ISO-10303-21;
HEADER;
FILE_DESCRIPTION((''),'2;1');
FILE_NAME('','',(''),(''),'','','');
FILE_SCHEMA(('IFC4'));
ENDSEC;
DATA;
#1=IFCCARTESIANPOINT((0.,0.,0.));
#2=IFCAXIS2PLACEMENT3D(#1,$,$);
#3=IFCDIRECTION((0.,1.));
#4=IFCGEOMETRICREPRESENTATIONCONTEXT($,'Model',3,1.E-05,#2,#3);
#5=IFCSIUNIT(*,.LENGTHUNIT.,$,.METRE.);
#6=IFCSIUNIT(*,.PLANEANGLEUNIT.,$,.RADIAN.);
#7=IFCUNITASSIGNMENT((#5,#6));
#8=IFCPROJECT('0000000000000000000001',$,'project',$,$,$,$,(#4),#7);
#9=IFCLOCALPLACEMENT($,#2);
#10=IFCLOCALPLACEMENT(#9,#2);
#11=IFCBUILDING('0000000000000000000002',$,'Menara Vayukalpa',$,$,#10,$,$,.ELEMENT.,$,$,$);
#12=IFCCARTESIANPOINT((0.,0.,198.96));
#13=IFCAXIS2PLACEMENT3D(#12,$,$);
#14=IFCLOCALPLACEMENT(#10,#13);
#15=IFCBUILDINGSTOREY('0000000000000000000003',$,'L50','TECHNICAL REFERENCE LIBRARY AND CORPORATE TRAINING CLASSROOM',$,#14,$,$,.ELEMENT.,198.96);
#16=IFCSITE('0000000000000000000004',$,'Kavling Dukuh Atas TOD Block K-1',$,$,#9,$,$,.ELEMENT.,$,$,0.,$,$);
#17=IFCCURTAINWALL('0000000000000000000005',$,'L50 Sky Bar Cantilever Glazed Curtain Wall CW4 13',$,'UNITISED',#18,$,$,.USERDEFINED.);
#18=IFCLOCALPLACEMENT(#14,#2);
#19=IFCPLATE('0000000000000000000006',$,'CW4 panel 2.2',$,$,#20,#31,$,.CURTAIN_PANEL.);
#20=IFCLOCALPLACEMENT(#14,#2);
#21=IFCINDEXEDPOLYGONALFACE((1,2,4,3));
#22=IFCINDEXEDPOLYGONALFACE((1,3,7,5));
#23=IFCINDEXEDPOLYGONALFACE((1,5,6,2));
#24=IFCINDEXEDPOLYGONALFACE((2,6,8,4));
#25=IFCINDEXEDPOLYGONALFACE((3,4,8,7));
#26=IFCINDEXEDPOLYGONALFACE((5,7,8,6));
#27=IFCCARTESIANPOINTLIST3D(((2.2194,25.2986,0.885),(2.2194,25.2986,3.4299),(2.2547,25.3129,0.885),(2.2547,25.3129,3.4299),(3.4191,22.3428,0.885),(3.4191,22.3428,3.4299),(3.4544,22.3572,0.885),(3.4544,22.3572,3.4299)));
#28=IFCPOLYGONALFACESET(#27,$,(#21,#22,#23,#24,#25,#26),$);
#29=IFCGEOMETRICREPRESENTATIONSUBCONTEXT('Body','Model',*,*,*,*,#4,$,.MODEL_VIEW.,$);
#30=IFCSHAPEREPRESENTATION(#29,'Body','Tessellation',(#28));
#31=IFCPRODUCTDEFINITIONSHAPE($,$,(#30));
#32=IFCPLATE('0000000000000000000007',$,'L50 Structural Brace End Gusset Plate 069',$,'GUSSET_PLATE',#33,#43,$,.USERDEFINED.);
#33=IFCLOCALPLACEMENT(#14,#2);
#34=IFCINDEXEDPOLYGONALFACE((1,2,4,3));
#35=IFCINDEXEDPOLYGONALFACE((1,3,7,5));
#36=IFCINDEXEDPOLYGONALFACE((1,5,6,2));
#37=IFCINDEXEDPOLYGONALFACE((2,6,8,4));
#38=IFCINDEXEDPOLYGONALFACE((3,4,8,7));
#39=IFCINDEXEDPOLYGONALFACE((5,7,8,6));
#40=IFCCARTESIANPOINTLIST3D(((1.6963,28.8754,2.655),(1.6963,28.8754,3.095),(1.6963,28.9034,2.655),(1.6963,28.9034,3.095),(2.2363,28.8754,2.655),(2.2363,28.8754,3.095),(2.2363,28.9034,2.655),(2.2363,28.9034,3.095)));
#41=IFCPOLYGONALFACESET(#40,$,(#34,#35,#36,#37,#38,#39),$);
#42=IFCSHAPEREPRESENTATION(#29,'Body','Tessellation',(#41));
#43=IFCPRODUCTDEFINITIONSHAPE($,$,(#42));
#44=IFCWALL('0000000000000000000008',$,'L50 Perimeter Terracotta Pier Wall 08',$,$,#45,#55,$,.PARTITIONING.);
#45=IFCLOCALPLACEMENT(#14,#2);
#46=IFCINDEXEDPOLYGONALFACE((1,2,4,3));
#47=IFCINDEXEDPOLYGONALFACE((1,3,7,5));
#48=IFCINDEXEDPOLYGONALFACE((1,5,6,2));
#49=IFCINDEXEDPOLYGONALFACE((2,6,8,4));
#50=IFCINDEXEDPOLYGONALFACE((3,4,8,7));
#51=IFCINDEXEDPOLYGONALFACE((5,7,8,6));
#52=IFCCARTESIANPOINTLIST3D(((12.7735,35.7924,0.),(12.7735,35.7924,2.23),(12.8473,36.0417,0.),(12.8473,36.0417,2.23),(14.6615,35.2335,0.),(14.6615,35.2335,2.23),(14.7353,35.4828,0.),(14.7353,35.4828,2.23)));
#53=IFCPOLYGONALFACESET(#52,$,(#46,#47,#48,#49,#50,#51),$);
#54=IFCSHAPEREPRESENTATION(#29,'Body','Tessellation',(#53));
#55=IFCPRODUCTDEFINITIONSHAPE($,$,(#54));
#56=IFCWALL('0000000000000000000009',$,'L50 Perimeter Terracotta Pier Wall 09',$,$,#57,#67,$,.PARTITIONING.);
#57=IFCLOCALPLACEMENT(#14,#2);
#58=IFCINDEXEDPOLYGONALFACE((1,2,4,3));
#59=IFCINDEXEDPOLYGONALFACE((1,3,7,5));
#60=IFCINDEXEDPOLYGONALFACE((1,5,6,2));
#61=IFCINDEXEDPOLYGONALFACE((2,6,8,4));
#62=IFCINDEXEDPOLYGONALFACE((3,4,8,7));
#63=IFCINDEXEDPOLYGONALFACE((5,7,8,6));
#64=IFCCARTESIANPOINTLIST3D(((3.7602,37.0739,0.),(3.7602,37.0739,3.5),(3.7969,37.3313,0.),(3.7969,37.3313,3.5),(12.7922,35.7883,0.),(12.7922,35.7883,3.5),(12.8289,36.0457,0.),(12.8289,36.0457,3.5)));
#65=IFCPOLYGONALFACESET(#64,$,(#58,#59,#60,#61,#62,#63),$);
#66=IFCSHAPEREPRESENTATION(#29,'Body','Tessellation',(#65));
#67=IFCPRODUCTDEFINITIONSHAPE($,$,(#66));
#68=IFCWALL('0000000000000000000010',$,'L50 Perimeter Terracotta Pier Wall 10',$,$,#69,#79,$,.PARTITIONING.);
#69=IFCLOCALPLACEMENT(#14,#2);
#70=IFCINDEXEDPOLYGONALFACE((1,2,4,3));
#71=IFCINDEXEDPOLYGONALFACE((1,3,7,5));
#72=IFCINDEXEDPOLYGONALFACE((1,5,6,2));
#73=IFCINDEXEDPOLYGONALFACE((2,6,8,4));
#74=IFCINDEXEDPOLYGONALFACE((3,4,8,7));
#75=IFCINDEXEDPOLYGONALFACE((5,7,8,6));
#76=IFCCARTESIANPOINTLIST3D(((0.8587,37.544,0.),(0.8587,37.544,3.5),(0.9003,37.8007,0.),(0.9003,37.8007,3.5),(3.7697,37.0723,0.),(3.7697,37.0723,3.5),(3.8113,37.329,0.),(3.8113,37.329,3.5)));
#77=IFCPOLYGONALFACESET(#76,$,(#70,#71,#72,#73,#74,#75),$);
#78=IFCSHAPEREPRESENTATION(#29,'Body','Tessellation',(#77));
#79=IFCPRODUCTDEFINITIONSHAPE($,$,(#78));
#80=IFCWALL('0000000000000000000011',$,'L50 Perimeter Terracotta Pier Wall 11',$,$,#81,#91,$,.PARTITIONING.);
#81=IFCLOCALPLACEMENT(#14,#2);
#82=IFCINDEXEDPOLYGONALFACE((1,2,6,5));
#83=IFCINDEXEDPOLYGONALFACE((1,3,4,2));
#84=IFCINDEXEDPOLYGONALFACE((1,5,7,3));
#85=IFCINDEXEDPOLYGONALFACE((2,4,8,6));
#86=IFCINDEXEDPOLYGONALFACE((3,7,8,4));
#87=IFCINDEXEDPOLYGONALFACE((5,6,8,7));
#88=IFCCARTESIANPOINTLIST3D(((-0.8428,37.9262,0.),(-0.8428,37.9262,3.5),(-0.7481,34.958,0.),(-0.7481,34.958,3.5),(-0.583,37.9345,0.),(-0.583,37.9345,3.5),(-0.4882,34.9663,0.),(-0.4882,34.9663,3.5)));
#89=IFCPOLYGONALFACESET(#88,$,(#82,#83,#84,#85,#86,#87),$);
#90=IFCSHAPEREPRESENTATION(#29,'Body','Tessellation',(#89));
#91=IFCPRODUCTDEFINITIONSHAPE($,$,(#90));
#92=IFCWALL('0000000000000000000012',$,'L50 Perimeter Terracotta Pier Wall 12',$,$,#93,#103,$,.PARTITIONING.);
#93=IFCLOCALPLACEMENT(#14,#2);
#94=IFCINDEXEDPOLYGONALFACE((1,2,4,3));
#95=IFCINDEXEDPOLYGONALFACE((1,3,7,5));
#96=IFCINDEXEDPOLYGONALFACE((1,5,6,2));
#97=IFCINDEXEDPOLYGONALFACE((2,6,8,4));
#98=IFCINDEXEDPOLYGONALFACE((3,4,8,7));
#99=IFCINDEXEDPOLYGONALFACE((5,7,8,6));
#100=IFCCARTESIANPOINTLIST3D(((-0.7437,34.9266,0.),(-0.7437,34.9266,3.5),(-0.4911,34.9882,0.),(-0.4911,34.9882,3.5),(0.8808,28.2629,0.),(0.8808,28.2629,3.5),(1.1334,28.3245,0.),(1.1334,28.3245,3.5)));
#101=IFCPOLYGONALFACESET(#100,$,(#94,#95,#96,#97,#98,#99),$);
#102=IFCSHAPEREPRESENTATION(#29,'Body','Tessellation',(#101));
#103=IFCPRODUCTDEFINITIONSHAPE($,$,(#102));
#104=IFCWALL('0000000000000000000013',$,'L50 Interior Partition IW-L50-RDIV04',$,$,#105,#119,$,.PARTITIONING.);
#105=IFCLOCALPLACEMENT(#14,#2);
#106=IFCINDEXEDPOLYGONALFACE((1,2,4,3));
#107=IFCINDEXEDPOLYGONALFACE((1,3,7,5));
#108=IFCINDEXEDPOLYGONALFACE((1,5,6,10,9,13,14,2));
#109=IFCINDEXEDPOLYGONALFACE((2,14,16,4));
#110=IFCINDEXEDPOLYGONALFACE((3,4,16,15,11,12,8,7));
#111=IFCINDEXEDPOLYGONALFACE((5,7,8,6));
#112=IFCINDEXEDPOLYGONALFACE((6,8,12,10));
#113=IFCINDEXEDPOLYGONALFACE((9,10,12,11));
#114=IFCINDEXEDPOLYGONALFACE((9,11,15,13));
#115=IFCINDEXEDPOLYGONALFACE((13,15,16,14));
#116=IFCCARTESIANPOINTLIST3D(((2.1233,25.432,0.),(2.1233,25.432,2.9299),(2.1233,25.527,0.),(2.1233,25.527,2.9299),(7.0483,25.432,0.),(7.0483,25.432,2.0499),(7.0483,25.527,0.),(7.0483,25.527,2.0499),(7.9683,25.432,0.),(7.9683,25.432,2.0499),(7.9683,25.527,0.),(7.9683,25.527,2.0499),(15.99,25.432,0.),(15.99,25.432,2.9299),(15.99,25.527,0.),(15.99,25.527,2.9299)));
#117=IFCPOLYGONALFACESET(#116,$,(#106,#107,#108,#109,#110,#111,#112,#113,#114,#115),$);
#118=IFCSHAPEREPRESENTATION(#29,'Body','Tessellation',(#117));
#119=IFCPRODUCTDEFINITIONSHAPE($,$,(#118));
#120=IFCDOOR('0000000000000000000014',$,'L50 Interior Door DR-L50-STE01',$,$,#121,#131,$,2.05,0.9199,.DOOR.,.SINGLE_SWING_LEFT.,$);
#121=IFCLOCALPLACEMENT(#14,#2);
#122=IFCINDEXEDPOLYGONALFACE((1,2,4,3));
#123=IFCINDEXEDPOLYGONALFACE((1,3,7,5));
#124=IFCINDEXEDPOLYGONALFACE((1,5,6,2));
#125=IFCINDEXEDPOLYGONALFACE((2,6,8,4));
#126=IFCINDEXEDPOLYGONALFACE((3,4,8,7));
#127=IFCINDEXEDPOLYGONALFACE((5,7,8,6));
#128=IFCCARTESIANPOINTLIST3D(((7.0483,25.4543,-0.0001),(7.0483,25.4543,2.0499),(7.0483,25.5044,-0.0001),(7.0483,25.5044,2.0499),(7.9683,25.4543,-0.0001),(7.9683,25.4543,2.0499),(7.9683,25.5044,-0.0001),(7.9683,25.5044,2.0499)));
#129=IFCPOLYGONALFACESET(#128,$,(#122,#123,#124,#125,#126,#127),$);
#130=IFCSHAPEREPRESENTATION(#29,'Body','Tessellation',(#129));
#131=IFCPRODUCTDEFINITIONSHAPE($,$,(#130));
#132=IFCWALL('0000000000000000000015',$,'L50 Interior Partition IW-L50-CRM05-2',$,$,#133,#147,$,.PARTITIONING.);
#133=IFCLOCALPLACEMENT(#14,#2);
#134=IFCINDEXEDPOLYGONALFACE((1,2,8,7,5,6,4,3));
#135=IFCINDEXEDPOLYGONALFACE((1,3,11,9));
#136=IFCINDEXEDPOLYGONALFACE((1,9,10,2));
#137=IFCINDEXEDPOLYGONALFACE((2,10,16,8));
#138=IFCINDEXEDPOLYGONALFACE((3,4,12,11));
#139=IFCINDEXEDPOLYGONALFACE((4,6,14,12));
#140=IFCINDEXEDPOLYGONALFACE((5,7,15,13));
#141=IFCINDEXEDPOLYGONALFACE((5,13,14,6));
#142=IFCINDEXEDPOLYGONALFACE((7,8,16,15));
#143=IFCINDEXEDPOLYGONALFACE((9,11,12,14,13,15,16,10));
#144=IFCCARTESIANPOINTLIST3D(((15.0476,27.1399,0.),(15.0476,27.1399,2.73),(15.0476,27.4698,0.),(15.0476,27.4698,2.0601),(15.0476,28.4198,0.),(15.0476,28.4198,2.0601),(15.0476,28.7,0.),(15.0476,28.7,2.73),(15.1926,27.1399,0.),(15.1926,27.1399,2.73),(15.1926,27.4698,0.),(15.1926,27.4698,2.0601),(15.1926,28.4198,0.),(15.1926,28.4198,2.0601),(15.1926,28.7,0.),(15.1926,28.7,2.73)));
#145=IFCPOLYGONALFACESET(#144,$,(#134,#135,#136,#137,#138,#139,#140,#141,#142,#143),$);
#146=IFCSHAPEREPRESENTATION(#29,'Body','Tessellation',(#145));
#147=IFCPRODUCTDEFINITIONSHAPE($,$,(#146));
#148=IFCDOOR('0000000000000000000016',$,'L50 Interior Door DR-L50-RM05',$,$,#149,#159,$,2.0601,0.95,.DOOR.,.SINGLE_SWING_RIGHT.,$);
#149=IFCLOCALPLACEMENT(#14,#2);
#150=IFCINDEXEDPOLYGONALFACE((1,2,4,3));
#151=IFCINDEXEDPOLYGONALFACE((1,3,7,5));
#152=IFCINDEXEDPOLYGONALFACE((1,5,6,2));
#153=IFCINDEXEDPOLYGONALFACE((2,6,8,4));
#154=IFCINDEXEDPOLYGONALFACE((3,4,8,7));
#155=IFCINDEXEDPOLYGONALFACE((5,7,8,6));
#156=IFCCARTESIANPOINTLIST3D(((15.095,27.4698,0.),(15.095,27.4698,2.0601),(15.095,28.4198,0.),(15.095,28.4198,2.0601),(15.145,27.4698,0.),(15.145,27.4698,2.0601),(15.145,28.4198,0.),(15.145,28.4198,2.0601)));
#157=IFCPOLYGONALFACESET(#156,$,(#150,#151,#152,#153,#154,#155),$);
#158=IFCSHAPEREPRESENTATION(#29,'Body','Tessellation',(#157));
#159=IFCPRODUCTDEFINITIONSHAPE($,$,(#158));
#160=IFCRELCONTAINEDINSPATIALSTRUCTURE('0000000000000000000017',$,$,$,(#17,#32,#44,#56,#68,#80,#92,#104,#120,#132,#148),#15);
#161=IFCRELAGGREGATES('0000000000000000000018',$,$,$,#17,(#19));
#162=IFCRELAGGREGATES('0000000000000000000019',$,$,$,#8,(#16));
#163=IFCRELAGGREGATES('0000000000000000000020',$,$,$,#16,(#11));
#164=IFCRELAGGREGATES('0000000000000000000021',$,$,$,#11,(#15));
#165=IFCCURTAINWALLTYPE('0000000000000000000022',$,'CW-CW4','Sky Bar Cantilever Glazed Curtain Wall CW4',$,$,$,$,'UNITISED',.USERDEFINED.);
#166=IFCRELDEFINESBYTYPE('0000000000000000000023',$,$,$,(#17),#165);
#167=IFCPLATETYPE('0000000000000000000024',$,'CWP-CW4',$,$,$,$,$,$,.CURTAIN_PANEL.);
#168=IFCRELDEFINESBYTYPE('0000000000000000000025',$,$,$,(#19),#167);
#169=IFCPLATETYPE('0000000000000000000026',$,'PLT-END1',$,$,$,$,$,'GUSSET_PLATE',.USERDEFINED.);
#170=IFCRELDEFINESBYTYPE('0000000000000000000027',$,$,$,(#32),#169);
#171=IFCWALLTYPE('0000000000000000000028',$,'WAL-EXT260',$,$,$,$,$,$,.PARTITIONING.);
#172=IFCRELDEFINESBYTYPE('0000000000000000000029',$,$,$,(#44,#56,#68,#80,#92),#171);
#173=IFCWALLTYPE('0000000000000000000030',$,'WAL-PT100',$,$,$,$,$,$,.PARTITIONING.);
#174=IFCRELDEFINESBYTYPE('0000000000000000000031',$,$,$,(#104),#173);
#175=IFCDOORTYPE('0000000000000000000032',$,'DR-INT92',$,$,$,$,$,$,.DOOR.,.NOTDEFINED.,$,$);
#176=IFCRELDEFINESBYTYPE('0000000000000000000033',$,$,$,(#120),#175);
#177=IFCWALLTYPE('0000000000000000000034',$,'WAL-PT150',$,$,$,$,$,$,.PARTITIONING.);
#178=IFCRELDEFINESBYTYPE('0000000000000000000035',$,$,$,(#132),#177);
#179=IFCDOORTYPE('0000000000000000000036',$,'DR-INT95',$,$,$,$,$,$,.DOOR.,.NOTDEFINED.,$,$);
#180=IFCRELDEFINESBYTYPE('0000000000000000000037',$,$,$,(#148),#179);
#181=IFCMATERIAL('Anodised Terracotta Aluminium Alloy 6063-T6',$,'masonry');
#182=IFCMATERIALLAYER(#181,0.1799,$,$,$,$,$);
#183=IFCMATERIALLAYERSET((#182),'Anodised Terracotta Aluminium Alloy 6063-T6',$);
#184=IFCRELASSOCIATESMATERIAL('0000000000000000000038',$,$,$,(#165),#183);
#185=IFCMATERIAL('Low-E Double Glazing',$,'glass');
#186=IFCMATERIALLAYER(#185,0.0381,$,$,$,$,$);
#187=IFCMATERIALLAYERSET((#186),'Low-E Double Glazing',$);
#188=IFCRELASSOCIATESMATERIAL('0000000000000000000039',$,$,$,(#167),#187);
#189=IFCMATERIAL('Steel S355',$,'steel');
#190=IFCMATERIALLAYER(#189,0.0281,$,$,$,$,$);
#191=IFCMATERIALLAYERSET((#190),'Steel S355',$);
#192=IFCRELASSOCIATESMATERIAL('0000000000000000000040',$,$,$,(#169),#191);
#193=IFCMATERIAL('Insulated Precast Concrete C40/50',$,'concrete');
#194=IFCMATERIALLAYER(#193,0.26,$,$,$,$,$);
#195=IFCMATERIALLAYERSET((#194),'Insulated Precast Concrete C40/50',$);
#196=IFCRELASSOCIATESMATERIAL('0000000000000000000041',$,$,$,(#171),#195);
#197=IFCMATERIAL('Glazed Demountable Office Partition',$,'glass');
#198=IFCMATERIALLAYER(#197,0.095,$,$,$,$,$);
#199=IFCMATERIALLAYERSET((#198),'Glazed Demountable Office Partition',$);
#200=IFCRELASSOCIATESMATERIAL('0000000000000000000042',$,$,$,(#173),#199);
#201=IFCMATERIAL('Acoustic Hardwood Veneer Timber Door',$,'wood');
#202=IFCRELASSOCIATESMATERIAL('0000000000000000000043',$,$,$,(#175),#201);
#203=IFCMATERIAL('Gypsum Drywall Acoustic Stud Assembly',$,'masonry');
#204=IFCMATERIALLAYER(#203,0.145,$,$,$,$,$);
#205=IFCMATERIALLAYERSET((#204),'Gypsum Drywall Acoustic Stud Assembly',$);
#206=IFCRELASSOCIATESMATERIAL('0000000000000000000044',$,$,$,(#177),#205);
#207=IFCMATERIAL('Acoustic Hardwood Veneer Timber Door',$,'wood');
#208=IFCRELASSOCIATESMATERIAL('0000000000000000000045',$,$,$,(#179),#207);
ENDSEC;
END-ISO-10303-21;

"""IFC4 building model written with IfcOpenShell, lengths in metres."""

from ifc_helpers import new_model, si_unit, direction, frame, frame_2d, origin, origin_2d, place, context, subcontext, project, spatial, rectangle, extrude, material, layer, layer_set, type_object, element, fill, aggregate, save


model = new_model("IFC4")

# Units and contexts
model_context = context("Model", 3, precision=1e-05, world=origin(), true_north=direction((0.0, 1.0)))
body_context = subcontext(model_context, "Body", "Model", "MODEL_VIEW")
ifc_project = project(units=[si_unit("LENGTHUNIT", "METRE"), si_unit("PLANEANGLEUNIT", "RADIAN")], contexts=[model_context])

# Site, building, storey
site_placement = place(None, origin())
site = spatial("IfcSite", under=ifc_project, at=site_placement, Name="Kavling Dukuh Atas TOD Block K-1", CompositionType="ELEMENT", RefElevation=0.0)
building_placement = place(site_placement, origin())
building = spatial("IfcBuilding", under=site, at=building_placement, Name="Menara Vayukalpa", CompositionType="ELEMENT")
storey_placement = place(building_placement, frame((0.0, 0.0, 198.96)))
storey = spatial("IfcBuildingStorey", under=building, at=storey_placement, Name="L50", Description="TECHNICAL REFERENCE LIBRARY AND CORPORATE TRAINING CLASSROOM", CompositionType="ELEMENT", Elevation=198.96)

# Curtain wall, plate
ifc_material_1 = material(Name="Anodised Terracotta Aluminium Alloy 6063-T6", Category="masonry")
ifc_layer_1 = layer(ifc_material_1, 0.1799)
ifc_layer_set_1 = layer_set([ifc_layer_1], Name="Anodised Terracotta Aluminium Alloy 6063-T6")
curtain_wall_type = type_object("IfcCurtainWallType", Name="CW-CW4", Description="Sky Bar Cantilever Glazed Curtain Wall CW4", ElementType="UNITISED", PredefinedType="USERDEFINED", material=ifc_layer_set_1)
curtain_wall_placement = place(storey_placement, origin())
curtain_wall = element("IfcCurtainWall", 1, at=curtain_wall_placement, inside=storey, type_object=curtain_wall_type, Name="L50 Sky Bar Cantilever Glazed Curtain Wall CW4 13", ObjectType="UNITISED", PredefinedType="USERDEFINED")
ifc_material_2 = material(Name="Low-E Double Glazing", Category="glass")
ifc_layer_2 = layer(ifc_material_2, 0.0381)
ifc_layer_set_2 = layer_set([ifc_layer_2], Name="Low-E Double Glazing")
plate_type_1 = type_object("IfcPlateType", Name="CWP-CW4", PredefinedType="CURTAIN_PANEL", material=ifc_layer_set_2)
plate_1_placement = place(storey_placement, frame((2.8369, 23.8279, 0.885), z_axis=(0.0, 0.0, 1.0), x_axis=(0.376092, -0.926582, 0.0)))
plate_1 = element("IfcPlate", 2, at=plate_1_placement, type_object=plate_type_1, Name="CW4 panel 2.2", PredefinedType="CURTAIN_PANEL", context=body_context, shape_type="SweptSolid", body=[
    extrude(rectangle(XDim=3.1899, YDim=0.0381, at=origin_2d()), origin(), (0.0, 0.0, 1.0), 2.5449),
])
aggregate(curtain_wall, [plate_1])

# Plate
ifc_material_3 = material(Name="Steel S355", Category="steel")
ifc_layer_3 = layer(ifc_material_3, 0.0281)
ifc_layer_set_3 = layer_set([ifc_layer_3], Name="Steel S355")
plate_type_2 = type_object("IfcPlateType", Name="PLT-END1", ElementType="GUSSET_PLATE", PredefinedType="USERDEFINED", material=ifc_layer_set_3)
plate_2_placement = place(storey_placement, frame((1.9663, 28.8894, 2.655), z_axis=(0.0, 0.0, 1.0), x_axis=(1.0, 0.0, 0.0)))
element("IfcPlate", 3, at=plate_2_placement, inside=storey, type_object=plate_type_2, Name="L50 Structural Brace End Gusset Plate 069", ObjectType="GUSSET_PLATE", PredefinedType="USERDEFINED", context=body_context, shape_type="SweptSolid", body=[
    extrude(rectangle(XDim=0.54, YDim=0.0281, at=origin_2d()), origin(), (0.0, 0.0, 1.0), 0.4399),
])

# Walls
ifc_material_4 = material(Name="Insulated Precast Concrete C40/50", Category="concrete")
ifc_layer_4 = layer(ifc_material_4, 0.26)
ifc_layer_set_4 = layer_set([ifc_layer_4], Name="Insulated Precast Concrete C40/50")
wall_type_1 = type_object("IfcWallType", Name="WAL-EXT260", PredefinedType="PARTITIONING", material=ifc_layer_set_4)
wall_1_placement = place(storey_placement, frame((12.8105, 35.917, 0.0), z_axis=(0.0, 0.0, 1.0), x_axis=(0.958874, -0.283831, 0.0)))
element("IfcWall", 4, at=wall_1_placement, inside=storey, type_object=wall_type_1, Name="L50 Perimeter Terracotta Pier Wall 08", PredefinedType="PARTITIONING", context=body_context, shape_type="SweptSolid", body=[
    extrude(rectangle(XDim=1.969, YDim=0.26, at=frame_2d((0.9844, 0.0))), origin(), (0.0, 0.0, 1.0), 2.23),
])
wall_2_placement = place(storey_placement, frame((3.7786, 37.2026, 0.0), z_axis=(0.0, 0.0, 1.0), x_axis=(0.990021, -0.140923, 0.0)))
element("IfcWall", 5, at=wall_2_placement, inside=storey, type_object=wall_type_1, Name="L50 Perimeter Terracotta Pier Wall 09", PredefinedType="PARTITIONING", context=body_context, shape_type="SweptSolid", body=[
    extrude(rectangle(XDim=9.123, YDim=0.26, at=frame_2d((4.5615, 0.0))), origin(), (0.0, 0.0, 1.0), 3.5),
])
wall_3_placement = place(storey_placement, frame((0.8794, 37.6724, 0.0), z_axis=(0.0, 0.0, 1.0), x_axis=(0.987125, -0.159953, 0.0)))
element("IfcWall", 6, at=wall_3_placement, inside=storey, type_object=wall_type_1, Name="L50 Perimeter Terracotta Pier Wall 10", PredefinedType="PARTITIONING", context=body_context, shape_type="SweptSolid", body=[
    extrude(rectangle(XDim=2.949, YDim=0.26, at=frame_2d((1.4746, 0.0))), origin(), (0.0, 0.0, 1.0), 3.5),
])
wall_4_placement = place(storey_placement, frame((-0.6182, 34.9622, 0.0), z_axis=(0.0, 0.0, 1.0), x_axis=(-0.031897, 0.999491, 0.0)))
element("IfcWall", 7, at=wall_4_placement, inside=storey, type_object=wall_type_1, Name="L50 Perimeter Terracotta Pier Wall 11", PredefinedType="PARTITIONING", context=body_context, shape_type="SweptSolid", body=[
    extrude(rectangle(XDim=2.9697, YDim=0.26, at=frame_2d((1.4849, 0.0))), origin(), (0.0, 0.0, 1.0), 3.5),
])
wall_5_placement = place(storey_placement, frame((1.0071, 28.2937, 0.0), z_axis=(0.0, 0.0, 1.0), x_axis=(-0.236845, 0.971548, 0.0)))
element("IfcWall", 8, at=wall_5_placement, inside=storey, type_object=wall_type_1, Name="L50 Perimeter Terracotta Pier Wall 12", PredefinedType="PARTITIONING", context=body_context, shape_type="SweptSolid", body=[
    extrude(rectangle(XDim=6.8589, YDim=0.26, at=frame_2d((3.4294, 0.0))), origin(), (0.0, 0.0, 1.0), 3.5),
])

# Walls, openings, doors
ifc_material_5 = material(Name="Glazed Demountable Office Partition", Category="glass")
ifc_layer_5 = layer(ifc_material_5, 0.095)
ifc_layer_set_5 = layer_set([ifc_layer_5], Name="Glazed Demountable Office Partition")
wall_type_2 = type_object("IfcWallType", Name="WAL-PT100", PredefinedType="PARTITIONING", material=ifc_layer_set_5)
wall_6_placement = place(storey_placement, frame((2.1233, 25.4795, 0.0), z_axis=(0.0, 0.0, 1.0), x_axis=(1.0, 0.0, 0.0)))
wall_6 = element("IfcWall", 9, at=wall_6_placement, inside=storey, type_object=wall_type_2, Name="L50 Interior Partition IW-L50-RDIV04", PredefinedType="PARTITIONING", context=body_context, shape_type="SweptSolid", body=[
    extrude(rectangle(XDim=13.8667, YDim=0.095, at=frame_2d((6.9333, 0.0))), origin(), (0.0, 0.0, 1.0), 2.9299),
])
opening_1_placement = place(wall_6_placement, frame((4.925, 0.0, 0.0)))
opening_1 = element("IfcOpeningElement", 10, at=opening_1_placement, cuts=wall_6, PredefinedType="OPENING", context=body_context, shape_type="SweptSolid", body=[
    extrude(rectangle(XDim=0.9199, YDim=2.05, at=frame_2d((0.46, 1.0249))), frame((0.0, 0.0574, 0.0), z_axis=(0.0, -1.0, 0.0), x_axis=(1.0, 0.0, 0.0)), (0.0, 0.0, 1.0), 0.115),
])
ifc_material_6 = material(Name="Acoustic Hardwood Veneer Timber Door", Category="wood")
door_type_1 = type_object("IfcDoorType", Name="DR-INT92", OperationType="NOTDEFINED", PredefinedType="DOOR", material=ifc_material_6)
door_1_placement = place(opening_1_placement, origin())
door_1 = element("IfcDoor", 11, at=door_1_placement, inside=storey, type_object=door_type_1, Name="L50 Interior Door DR-L50-STE01", OperationType="SINGLE_SWING_LEFT", OverallHeight=2.05, OverallWidth=0.9199, PredefinedType="DOOR", context=body_context, shape_type="SweptSolid", body=[
    extrude(rectangle(XDim=0.9199, YDim=2.05, at=frame_2d((0.46, 1.0249))), frame((0.0, 0.0249, 0.0), z_axis=(0.0, -1.0, 0.0), x_axis=(1.0, 0.0, 0.0)), (0.0, 0.0, 1.0), 0.05),
])
fill(opening_1, door_1)
ifc_material_7 = material(Name="Gypsum Drywall Acoustic Stud Assembly", Category="masonry")
ifc_layer_6 = layer(ifc_material_7, 0.145)
ifc_layer_set_6 = layer_set([ifc_layer_6], Name="Gypsum Drywall Acoustic Stud Assembly")
wall_type_3 = type_object("IfcWallType", Name="WAL-PT150", PredefinedType="PARTITIONING", material=ifc_layer_set_6)
wall_7_placement = place(storey_placement, frame((15.1201, 28.7, 0.0), z_axis=(0.0, 0.0, 1.0), x_axis=(0.0, -1.0, 0.0)))
wall_7 = element("IfcWall", 12, at=wall_7_placement, inside=storey, type_object=wall_type_3, Name="L50 Interior Partition IW-L50-CRM05-2", PredefinedType="PARTITIONING", context=body_context, shape_type="SweptSolid", body=[
    extrude(rectangle(XDim=1.5601, YDim=0.145, at=frame_2d((0.78, 0.0))), origin(), (0.0, 0.0, 1.0), 2.73),
])
opening_2_placement = place(wall_7_placement, frame((0.28, 0.0, 0.0)))
opening_2 = element("IfcOpeningElement", 13, at=opening_2_placement, cuts=wall_7, PredefinedType="OPENING", context=body_context, shape_type="SweptSolid", body=[
    extrude(rectangle(XDim=0.95, YDim=2.0601, at=frame_2d((0.4751, 1.03))), frame((0.0, 0.0825, 0.0), z_axis=(0.0, -1.0, 0.0), x_axis=(1.0, 0.0, 0.0)), (0.0, 0.0, 1.0), 0.165),
])
ifc_material_8 = material(Name="Acoustic Hardwood Veneer Timber Door", Category="wood")
door_type_2 = type_object("IfcDoorType", Name="DR-INT95", OperationType="NOTDEFINED", PredefinedType="DOOR", material=ifc_material_8)
door_2_placement = place(opening_2_placement, origin())
door_2 = element("IfcDoor", 14, at=door_2_placement, inside=storey, type_object=door_type_2, Name="L50 Interior Door DR-L50-RM05", OperationType="SINGLE_SWING_RIGHT", OverallHeight=2.0601, OverallWidth=0.95, PredefinedType="DOOR", context=body_context, shape_type="SweptSolid", body=[
    extrude(rectangle(XDim=0.95, YDim=2.0601, at=frame_2d((0.4751, 1.03))), frame((0.0, 0.0249, 0.0), z_axis=(0.0, -1.0, 0.0), x_axis=(1.0, 0.0, 0.0)), (0.0, 0.0, 1.0), 0.05),
])
fill(opening_2, door_2)

save(model, "model.ifc")
